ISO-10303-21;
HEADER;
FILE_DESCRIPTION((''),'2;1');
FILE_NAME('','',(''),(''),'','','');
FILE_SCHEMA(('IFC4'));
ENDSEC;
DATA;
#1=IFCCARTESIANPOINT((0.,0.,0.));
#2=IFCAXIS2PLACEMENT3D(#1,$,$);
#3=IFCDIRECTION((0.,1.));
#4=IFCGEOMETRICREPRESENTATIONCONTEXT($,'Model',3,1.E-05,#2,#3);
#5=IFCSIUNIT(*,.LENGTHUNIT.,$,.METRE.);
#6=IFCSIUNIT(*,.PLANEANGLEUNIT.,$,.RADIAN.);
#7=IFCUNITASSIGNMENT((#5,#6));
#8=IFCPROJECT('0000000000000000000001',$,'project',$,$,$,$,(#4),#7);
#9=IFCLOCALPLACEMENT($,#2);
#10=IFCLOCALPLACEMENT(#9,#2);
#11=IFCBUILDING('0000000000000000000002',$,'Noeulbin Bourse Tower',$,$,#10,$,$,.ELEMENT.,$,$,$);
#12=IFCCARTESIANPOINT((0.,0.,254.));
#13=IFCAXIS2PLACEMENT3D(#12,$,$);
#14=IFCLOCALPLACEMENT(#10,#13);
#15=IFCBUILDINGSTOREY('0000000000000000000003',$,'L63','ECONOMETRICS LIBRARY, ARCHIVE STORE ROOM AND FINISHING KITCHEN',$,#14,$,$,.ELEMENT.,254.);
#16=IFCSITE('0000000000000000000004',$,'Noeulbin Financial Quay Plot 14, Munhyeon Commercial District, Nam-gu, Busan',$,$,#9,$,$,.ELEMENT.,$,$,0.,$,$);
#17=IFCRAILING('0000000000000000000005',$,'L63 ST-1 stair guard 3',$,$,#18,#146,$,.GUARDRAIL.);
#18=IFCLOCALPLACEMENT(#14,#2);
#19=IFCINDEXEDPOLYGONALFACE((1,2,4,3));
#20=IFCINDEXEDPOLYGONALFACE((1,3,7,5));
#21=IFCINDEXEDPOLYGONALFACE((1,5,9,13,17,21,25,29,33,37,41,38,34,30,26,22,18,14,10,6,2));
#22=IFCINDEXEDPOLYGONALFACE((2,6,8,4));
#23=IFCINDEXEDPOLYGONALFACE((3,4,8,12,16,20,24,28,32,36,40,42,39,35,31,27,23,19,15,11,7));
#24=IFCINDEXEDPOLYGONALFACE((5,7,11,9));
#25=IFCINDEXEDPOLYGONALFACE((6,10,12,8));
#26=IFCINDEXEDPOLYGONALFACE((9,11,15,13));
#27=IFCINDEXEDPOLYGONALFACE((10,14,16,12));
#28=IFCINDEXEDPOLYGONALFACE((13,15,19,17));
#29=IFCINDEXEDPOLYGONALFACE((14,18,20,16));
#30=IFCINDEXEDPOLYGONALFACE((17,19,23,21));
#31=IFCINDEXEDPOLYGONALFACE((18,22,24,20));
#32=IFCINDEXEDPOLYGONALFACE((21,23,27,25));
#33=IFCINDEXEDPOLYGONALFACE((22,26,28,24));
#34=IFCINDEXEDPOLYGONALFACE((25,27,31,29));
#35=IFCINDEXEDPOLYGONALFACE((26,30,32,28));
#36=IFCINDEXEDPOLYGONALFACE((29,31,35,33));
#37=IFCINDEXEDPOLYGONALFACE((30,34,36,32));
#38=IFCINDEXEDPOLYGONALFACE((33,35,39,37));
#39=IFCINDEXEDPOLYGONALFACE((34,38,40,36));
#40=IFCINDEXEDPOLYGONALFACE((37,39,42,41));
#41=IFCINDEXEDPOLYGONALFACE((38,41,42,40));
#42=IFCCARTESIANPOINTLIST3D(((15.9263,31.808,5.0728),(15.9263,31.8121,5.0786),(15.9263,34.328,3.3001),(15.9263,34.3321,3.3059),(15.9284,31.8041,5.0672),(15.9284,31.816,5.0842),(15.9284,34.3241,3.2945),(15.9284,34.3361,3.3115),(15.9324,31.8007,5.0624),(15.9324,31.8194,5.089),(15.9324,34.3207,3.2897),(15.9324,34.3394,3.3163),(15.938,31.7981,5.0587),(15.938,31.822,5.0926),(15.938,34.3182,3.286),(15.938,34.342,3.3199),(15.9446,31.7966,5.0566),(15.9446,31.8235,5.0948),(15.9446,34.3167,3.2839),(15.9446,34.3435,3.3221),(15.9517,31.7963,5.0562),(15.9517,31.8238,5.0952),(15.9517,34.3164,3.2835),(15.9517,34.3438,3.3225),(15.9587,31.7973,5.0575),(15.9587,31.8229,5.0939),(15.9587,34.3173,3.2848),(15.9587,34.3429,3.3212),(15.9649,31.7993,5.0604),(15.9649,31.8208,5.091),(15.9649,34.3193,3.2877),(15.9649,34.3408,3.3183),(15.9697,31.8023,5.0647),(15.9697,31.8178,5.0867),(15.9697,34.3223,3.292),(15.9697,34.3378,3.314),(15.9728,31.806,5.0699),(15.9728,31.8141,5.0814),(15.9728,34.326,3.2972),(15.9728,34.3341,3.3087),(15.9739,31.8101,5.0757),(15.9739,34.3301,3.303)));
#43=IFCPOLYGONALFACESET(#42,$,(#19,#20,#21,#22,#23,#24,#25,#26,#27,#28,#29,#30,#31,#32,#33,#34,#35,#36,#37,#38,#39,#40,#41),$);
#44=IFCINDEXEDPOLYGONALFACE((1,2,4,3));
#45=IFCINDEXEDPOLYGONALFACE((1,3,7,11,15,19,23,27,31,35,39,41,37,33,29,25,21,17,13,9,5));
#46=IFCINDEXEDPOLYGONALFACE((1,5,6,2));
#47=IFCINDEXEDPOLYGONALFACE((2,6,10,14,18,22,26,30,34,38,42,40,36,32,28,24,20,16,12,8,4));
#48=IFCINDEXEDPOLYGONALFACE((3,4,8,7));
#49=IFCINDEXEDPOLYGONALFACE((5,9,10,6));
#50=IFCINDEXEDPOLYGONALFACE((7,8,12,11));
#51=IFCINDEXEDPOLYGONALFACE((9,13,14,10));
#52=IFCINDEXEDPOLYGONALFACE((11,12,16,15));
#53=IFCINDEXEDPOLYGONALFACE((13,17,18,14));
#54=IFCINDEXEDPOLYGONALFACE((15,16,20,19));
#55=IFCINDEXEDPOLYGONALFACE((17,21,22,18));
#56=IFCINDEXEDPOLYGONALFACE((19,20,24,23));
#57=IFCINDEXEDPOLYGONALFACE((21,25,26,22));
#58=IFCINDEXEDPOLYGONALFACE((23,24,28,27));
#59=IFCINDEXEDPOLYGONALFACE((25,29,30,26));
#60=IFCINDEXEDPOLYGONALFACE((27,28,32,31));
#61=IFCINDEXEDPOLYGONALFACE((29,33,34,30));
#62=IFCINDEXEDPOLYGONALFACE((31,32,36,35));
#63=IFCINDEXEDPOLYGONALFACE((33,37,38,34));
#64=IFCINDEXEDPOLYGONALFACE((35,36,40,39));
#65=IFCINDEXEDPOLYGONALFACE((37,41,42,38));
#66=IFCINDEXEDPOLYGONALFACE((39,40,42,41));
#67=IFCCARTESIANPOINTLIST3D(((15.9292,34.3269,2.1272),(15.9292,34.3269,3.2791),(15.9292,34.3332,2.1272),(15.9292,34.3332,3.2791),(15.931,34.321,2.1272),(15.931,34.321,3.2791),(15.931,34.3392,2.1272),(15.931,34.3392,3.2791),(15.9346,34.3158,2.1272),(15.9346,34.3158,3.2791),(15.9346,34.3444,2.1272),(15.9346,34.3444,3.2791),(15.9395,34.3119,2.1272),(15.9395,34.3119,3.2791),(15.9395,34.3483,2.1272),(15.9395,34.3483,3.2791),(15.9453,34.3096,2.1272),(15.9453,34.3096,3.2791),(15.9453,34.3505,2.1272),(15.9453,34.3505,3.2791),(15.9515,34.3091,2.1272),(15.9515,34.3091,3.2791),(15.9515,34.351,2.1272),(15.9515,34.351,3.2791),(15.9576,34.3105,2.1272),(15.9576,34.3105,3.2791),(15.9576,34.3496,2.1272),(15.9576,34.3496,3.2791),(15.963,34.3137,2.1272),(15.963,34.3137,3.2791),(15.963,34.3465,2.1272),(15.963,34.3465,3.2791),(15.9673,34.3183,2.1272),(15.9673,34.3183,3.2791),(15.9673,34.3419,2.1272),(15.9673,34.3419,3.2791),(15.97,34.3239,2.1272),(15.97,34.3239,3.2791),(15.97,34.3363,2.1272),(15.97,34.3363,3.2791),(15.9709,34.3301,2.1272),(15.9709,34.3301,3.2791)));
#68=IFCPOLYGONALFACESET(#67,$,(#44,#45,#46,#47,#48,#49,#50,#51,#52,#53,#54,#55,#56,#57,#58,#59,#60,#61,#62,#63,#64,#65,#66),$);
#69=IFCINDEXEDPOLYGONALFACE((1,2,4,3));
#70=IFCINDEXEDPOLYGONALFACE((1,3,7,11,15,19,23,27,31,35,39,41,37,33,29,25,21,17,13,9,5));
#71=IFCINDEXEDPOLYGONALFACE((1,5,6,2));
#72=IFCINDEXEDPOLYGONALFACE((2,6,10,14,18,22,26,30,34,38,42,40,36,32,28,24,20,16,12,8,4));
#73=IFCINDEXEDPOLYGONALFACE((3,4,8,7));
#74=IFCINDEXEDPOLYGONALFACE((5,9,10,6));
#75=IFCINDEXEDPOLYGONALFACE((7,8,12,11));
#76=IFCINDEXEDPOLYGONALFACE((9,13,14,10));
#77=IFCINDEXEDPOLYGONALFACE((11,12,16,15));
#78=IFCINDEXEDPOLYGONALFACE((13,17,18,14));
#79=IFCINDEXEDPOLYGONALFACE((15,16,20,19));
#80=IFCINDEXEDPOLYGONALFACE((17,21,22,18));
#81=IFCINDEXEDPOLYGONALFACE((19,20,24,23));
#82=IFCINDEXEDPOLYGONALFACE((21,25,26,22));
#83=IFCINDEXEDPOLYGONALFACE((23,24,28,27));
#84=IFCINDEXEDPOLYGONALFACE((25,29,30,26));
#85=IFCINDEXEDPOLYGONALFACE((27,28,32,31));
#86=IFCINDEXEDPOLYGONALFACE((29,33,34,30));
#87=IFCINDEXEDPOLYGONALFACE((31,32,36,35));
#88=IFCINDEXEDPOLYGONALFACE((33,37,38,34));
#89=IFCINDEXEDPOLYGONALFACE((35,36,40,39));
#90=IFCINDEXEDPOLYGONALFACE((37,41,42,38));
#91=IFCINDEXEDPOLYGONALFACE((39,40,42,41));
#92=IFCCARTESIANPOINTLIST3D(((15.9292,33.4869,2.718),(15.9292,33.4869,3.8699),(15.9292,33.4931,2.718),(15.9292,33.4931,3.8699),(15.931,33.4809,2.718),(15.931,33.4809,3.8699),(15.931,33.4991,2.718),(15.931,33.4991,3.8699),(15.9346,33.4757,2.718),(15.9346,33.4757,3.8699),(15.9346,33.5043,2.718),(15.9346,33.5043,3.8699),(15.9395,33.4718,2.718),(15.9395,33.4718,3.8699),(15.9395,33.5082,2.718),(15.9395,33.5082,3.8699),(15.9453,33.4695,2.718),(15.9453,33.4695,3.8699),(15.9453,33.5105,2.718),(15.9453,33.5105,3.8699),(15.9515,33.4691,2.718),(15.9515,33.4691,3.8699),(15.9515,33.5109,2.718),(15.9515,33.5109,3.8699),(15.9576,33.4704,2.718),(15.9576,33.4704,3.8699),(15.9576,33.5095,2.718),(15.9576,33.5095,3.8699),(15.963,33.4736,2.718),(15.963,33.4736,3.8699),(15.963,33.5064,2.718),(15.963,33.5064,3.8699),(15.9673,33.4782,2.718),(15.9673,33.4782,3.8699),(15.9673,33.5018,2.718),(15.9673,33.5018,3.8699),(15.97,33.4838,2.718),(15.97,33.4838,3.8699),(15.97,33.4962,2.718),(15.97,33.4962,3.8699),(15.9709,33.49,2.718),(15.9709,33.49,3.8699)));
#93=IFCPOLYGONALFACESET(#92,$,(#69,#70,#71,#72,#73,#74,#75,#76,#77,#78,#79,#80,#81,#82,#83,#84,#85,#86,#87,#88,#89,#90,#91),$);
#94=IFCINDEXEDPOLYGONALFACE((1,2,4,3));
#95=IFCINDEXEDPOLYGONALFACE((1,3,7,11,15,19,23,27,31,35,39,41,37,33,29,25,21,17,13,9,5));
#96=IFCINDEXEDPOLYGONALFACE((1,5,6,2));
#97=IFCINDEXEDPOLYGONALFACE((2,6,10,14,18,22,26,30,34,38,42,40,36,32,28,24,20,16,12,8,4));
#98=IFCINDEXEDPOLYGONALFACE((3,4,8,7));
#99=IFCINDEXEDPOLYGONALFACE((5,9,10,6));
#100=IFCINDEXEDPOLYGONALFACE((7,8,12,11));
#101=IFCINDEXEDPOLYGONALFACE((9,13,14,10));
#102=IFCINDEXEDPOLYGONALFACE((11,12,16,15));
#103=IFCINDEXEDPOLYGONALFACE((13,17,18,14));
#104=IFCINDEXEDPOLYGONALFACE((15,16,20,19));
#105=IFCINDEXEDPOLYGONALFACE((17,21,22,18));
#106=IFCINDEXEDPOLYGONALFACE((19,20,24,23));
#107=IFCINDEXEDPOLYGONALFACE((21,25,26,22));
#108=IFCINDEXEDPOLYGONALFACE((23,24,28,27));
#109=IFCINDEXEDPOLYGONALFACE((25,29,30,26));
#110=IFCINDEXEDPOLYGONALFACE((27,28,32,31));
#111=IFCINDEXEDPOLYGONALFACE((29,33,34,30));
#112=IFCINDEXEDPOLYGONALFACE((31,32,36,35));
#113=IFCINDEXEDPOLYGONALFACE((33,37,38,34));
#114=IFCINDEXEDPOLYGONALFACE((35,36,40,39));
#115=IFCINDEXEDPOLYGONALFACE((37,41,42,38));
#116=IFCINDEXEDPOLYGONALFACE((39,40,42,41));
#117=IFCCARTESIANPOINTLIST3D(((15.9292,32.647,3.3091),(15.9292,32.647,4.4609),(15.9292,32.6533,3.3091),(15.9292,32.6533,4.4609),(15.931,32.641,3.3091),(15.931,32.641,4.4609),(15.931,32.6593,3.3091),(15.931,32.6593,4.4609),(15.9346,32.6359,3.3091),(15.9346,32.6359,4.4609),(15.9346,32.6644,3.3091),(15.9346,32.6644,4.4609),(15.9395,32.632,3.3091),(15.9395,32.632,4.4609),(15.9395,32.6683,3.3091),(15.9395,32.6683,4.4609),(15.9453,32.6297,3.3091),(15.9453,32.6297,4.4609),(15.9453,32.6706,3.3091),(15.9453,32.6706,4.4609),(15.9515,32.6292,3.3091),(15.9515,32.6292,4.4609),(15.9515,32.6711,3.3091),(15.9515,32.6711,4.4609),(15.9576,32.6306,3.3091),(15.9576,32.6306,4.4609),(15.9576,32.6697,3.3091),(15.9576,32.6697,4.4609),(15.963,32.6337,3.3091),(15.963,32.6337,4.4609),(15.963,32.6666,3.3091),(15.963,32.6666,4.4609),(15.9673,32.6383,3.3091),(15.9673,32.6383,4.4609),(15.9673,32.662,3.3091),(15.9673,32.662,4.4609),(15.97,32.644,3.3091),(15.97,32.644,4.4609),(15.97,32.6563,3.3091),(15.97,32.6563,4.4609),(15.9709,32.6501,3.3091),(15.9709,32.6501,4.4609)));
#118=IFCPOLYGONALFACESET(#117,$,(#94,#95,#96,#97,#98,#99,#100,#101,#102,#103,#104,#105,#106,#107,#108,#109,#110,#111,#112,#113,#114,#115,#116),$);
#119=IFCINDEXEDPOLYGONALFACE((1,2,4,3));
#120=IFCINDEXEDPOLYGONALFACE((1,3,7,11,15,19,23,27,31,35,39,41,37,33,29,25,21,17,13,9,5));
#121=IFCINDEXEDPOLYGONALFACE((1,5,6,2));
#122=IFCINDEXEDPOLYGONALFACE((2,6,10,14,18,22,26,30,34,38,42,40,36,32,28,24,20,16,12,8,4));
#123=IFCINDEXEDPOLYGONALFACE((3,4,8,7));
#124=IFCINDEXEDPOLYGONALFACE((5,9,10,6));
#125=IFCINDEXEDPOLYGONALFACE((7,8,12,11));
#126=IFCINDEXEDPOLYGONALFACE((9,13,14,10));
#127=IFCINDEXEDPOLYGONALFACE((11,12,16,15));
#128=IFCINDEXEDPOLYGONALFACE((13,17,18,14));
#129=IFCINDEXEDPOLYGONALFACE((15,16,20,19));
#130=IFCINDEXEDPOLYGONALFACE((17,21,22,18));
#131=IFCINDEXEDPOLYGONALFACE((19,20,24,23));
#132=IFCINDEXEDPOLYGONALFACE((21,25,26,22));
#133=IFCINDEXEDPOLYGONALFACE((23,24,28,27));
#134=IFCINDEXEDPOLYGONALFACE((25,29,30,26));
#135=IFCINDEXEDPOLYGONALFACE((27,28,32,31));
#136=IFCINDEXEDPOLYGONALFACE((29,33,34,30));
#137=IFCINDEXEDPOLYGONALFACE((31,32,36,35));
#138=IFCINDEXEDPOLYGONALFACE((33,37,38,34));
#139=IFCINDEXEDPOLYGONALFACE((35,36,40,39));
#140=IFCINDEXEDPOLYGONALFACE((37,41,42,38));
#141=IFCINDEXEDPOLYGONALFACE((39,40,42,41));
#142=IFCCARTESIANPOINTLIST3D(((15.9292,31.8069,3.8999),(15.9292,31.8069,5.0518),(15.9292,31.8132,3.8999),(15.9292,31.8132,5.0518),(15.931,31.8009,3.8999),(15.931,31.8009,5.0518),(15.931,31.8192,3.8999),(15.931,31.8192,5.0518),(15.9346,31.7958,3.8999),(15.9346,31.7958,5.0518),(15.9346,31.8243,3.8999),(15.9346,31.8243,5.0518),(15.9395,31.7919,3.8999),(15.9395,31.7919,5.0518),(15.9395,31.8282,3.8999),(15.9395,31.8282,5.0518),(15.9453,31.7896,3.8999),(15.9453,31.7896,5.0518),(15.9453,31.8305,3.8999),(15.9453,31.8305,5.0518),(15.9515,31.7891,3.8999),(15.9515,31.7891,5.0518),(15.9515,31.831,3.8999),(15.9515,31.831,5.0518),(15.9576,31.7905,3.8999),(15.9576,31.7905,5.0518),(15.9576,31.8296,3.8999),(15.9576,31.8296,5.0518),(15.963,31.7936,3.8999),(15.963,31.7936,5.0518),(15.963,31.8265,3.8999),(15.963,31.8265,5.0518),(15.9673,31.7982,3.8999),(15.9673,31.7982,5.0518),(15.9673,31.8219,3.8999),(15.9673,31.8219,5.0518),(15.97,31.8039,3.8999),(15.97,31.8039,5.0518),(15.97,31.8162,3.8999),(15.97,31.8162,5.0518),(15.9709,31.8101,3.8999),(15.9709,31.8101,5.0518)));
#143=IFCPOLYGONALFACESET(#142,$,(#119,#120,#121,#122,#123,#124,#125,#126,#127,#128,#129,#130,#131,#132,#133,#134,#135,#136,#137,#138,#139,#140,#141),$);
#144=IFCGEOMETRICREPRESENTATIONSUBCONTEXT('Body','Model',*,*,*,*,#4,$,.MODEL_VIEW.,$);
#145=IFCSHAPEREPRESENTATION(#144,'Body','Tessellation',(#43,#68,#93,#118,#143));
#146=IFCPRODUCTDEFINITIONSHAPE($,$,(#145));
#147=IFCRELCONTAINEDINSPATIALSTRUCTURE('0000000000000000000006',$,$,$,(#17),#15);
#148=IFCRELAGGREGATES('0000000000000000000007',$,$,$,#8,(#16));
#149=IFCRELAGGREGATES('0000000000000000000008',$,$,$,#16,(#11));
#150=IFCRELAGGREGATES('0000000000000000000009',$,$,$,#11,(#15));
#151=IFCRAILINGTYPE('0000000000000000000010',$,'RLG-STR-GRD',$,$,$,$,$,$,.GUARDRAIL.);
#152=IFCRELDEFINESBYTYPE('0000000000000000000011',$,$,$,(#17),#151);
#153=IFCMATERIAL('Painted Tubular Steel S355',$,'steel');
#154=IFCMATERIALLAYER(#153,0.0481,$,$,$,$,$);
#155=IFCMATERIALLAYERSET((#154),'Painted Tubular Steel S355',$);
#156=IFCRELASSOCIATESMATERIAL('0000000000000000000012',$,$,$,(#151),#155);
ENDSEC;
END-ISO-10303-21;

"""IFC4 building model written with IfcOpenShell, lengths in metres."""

from ifc_helpers import new_model, si_unit, direction, frame, origin, origin_2d, place, context, subcontext, project, spatial, circle, extrude, material, layer, layer_set, type_object, element, save


model = new_model("IFC4")

# Units and contexts
model_context = context("Model", 3, precision=1e-05, world=origin(), true_north=direction((0.0, 1.0)))
body_context = subcontext(model_context, "Body", "Model", "MODEL_VIEW")
ifc_project = project(units=[si_unit("LENGTHUNIT", "METRE"), si_unit("PLANEANGLEUNIT", "RADIAN")], contexts=[model_context])

# Site, building, storey
site_placement = place(None, origin())
site = spatial("IfcSite", under=ifc_project, at=site_placement, Name="Noeulbin Financial Quay Plot 14, Munhyeon Commercial District, Nam-gu, Busan", CompositionType="ELEMENT", RefElevation=0.0)
building_placement = place(site_placement, origin())
building = spatial("IfcBuilding", under=site, at=building_placement, Name="Noeulbin Bourse Tower", CompositionType="ELEMENT")
storey_placement = place(building_placement, frame((0.0, 0.0, 254.0)))
storey = spatial("IfcBuildingStorey", under=building, at=storey_placement, Name="L63", Description="ECONOMETRICS LIBRARY, ARCHIVE STORE ROOM AND FINISHING KITCHEN", CompositionType="ELEMENT", Elevation=254.0)

# Railing
ifc_material_1 = material(Name="Painted Tubular Steel S355", Category="steel")
ifc_layer_1 = layer(ifc_material_1, 0.0481)
ifc_layer_set_1 = layer_set([ifc_layer_1], Name="Painted Tubular Steel S355")
railing_type_1 = type_object("IfcRailingType", Name="RLG-STR-GRD", PredefinedType="GUARDRAIL", material=ifc_layer_set_1)
railing_1_placement = place(storey_placement, frame((15.95, 34.3301, 2.1272)))
element("IfcRailing", 1, at=railing_1_placement, inside=storey, type_object=railing_type_1, Name="L63 ST-1 stair guard 3", PredefinedType="GUARDRAIL", context=body_context, shape_type="SweptSolid", body=[
    extrude(circle(Radius=0.0239, at=origin_2d()), frame((0.0, 0.0, 1.1758), z_axis=(0.0, -0.817904, 0.575354), x_axis=(1.0, 0.0, 0.0)), (0.0, 0.0, 1.0), 3.0811),
    extrude(circle(Radius=0.021, at=origin_2d()), origin(), (0.0, 0.0, 1.0), 1.1519),
    extrude(circle(Radius=0.021, at=origin_2d()), frame((0.0, -0.8401, 0.5908)), (0.0, 0.0, 1.0), 1.1519),
    extrude(circle(Radius=0.021, at=origin_2d()), frame((0.0, -1.6799, 1.1819)), (0.0, 0.0, 1.0), 1.1519),
    extrude(circle(Radius=0.021, at=origin_2d()), frame((0.0, -2.52, 1.7727)), (0.0, 0.0, 1.0), 1.1519),
])

save(model, "model.ifc")
